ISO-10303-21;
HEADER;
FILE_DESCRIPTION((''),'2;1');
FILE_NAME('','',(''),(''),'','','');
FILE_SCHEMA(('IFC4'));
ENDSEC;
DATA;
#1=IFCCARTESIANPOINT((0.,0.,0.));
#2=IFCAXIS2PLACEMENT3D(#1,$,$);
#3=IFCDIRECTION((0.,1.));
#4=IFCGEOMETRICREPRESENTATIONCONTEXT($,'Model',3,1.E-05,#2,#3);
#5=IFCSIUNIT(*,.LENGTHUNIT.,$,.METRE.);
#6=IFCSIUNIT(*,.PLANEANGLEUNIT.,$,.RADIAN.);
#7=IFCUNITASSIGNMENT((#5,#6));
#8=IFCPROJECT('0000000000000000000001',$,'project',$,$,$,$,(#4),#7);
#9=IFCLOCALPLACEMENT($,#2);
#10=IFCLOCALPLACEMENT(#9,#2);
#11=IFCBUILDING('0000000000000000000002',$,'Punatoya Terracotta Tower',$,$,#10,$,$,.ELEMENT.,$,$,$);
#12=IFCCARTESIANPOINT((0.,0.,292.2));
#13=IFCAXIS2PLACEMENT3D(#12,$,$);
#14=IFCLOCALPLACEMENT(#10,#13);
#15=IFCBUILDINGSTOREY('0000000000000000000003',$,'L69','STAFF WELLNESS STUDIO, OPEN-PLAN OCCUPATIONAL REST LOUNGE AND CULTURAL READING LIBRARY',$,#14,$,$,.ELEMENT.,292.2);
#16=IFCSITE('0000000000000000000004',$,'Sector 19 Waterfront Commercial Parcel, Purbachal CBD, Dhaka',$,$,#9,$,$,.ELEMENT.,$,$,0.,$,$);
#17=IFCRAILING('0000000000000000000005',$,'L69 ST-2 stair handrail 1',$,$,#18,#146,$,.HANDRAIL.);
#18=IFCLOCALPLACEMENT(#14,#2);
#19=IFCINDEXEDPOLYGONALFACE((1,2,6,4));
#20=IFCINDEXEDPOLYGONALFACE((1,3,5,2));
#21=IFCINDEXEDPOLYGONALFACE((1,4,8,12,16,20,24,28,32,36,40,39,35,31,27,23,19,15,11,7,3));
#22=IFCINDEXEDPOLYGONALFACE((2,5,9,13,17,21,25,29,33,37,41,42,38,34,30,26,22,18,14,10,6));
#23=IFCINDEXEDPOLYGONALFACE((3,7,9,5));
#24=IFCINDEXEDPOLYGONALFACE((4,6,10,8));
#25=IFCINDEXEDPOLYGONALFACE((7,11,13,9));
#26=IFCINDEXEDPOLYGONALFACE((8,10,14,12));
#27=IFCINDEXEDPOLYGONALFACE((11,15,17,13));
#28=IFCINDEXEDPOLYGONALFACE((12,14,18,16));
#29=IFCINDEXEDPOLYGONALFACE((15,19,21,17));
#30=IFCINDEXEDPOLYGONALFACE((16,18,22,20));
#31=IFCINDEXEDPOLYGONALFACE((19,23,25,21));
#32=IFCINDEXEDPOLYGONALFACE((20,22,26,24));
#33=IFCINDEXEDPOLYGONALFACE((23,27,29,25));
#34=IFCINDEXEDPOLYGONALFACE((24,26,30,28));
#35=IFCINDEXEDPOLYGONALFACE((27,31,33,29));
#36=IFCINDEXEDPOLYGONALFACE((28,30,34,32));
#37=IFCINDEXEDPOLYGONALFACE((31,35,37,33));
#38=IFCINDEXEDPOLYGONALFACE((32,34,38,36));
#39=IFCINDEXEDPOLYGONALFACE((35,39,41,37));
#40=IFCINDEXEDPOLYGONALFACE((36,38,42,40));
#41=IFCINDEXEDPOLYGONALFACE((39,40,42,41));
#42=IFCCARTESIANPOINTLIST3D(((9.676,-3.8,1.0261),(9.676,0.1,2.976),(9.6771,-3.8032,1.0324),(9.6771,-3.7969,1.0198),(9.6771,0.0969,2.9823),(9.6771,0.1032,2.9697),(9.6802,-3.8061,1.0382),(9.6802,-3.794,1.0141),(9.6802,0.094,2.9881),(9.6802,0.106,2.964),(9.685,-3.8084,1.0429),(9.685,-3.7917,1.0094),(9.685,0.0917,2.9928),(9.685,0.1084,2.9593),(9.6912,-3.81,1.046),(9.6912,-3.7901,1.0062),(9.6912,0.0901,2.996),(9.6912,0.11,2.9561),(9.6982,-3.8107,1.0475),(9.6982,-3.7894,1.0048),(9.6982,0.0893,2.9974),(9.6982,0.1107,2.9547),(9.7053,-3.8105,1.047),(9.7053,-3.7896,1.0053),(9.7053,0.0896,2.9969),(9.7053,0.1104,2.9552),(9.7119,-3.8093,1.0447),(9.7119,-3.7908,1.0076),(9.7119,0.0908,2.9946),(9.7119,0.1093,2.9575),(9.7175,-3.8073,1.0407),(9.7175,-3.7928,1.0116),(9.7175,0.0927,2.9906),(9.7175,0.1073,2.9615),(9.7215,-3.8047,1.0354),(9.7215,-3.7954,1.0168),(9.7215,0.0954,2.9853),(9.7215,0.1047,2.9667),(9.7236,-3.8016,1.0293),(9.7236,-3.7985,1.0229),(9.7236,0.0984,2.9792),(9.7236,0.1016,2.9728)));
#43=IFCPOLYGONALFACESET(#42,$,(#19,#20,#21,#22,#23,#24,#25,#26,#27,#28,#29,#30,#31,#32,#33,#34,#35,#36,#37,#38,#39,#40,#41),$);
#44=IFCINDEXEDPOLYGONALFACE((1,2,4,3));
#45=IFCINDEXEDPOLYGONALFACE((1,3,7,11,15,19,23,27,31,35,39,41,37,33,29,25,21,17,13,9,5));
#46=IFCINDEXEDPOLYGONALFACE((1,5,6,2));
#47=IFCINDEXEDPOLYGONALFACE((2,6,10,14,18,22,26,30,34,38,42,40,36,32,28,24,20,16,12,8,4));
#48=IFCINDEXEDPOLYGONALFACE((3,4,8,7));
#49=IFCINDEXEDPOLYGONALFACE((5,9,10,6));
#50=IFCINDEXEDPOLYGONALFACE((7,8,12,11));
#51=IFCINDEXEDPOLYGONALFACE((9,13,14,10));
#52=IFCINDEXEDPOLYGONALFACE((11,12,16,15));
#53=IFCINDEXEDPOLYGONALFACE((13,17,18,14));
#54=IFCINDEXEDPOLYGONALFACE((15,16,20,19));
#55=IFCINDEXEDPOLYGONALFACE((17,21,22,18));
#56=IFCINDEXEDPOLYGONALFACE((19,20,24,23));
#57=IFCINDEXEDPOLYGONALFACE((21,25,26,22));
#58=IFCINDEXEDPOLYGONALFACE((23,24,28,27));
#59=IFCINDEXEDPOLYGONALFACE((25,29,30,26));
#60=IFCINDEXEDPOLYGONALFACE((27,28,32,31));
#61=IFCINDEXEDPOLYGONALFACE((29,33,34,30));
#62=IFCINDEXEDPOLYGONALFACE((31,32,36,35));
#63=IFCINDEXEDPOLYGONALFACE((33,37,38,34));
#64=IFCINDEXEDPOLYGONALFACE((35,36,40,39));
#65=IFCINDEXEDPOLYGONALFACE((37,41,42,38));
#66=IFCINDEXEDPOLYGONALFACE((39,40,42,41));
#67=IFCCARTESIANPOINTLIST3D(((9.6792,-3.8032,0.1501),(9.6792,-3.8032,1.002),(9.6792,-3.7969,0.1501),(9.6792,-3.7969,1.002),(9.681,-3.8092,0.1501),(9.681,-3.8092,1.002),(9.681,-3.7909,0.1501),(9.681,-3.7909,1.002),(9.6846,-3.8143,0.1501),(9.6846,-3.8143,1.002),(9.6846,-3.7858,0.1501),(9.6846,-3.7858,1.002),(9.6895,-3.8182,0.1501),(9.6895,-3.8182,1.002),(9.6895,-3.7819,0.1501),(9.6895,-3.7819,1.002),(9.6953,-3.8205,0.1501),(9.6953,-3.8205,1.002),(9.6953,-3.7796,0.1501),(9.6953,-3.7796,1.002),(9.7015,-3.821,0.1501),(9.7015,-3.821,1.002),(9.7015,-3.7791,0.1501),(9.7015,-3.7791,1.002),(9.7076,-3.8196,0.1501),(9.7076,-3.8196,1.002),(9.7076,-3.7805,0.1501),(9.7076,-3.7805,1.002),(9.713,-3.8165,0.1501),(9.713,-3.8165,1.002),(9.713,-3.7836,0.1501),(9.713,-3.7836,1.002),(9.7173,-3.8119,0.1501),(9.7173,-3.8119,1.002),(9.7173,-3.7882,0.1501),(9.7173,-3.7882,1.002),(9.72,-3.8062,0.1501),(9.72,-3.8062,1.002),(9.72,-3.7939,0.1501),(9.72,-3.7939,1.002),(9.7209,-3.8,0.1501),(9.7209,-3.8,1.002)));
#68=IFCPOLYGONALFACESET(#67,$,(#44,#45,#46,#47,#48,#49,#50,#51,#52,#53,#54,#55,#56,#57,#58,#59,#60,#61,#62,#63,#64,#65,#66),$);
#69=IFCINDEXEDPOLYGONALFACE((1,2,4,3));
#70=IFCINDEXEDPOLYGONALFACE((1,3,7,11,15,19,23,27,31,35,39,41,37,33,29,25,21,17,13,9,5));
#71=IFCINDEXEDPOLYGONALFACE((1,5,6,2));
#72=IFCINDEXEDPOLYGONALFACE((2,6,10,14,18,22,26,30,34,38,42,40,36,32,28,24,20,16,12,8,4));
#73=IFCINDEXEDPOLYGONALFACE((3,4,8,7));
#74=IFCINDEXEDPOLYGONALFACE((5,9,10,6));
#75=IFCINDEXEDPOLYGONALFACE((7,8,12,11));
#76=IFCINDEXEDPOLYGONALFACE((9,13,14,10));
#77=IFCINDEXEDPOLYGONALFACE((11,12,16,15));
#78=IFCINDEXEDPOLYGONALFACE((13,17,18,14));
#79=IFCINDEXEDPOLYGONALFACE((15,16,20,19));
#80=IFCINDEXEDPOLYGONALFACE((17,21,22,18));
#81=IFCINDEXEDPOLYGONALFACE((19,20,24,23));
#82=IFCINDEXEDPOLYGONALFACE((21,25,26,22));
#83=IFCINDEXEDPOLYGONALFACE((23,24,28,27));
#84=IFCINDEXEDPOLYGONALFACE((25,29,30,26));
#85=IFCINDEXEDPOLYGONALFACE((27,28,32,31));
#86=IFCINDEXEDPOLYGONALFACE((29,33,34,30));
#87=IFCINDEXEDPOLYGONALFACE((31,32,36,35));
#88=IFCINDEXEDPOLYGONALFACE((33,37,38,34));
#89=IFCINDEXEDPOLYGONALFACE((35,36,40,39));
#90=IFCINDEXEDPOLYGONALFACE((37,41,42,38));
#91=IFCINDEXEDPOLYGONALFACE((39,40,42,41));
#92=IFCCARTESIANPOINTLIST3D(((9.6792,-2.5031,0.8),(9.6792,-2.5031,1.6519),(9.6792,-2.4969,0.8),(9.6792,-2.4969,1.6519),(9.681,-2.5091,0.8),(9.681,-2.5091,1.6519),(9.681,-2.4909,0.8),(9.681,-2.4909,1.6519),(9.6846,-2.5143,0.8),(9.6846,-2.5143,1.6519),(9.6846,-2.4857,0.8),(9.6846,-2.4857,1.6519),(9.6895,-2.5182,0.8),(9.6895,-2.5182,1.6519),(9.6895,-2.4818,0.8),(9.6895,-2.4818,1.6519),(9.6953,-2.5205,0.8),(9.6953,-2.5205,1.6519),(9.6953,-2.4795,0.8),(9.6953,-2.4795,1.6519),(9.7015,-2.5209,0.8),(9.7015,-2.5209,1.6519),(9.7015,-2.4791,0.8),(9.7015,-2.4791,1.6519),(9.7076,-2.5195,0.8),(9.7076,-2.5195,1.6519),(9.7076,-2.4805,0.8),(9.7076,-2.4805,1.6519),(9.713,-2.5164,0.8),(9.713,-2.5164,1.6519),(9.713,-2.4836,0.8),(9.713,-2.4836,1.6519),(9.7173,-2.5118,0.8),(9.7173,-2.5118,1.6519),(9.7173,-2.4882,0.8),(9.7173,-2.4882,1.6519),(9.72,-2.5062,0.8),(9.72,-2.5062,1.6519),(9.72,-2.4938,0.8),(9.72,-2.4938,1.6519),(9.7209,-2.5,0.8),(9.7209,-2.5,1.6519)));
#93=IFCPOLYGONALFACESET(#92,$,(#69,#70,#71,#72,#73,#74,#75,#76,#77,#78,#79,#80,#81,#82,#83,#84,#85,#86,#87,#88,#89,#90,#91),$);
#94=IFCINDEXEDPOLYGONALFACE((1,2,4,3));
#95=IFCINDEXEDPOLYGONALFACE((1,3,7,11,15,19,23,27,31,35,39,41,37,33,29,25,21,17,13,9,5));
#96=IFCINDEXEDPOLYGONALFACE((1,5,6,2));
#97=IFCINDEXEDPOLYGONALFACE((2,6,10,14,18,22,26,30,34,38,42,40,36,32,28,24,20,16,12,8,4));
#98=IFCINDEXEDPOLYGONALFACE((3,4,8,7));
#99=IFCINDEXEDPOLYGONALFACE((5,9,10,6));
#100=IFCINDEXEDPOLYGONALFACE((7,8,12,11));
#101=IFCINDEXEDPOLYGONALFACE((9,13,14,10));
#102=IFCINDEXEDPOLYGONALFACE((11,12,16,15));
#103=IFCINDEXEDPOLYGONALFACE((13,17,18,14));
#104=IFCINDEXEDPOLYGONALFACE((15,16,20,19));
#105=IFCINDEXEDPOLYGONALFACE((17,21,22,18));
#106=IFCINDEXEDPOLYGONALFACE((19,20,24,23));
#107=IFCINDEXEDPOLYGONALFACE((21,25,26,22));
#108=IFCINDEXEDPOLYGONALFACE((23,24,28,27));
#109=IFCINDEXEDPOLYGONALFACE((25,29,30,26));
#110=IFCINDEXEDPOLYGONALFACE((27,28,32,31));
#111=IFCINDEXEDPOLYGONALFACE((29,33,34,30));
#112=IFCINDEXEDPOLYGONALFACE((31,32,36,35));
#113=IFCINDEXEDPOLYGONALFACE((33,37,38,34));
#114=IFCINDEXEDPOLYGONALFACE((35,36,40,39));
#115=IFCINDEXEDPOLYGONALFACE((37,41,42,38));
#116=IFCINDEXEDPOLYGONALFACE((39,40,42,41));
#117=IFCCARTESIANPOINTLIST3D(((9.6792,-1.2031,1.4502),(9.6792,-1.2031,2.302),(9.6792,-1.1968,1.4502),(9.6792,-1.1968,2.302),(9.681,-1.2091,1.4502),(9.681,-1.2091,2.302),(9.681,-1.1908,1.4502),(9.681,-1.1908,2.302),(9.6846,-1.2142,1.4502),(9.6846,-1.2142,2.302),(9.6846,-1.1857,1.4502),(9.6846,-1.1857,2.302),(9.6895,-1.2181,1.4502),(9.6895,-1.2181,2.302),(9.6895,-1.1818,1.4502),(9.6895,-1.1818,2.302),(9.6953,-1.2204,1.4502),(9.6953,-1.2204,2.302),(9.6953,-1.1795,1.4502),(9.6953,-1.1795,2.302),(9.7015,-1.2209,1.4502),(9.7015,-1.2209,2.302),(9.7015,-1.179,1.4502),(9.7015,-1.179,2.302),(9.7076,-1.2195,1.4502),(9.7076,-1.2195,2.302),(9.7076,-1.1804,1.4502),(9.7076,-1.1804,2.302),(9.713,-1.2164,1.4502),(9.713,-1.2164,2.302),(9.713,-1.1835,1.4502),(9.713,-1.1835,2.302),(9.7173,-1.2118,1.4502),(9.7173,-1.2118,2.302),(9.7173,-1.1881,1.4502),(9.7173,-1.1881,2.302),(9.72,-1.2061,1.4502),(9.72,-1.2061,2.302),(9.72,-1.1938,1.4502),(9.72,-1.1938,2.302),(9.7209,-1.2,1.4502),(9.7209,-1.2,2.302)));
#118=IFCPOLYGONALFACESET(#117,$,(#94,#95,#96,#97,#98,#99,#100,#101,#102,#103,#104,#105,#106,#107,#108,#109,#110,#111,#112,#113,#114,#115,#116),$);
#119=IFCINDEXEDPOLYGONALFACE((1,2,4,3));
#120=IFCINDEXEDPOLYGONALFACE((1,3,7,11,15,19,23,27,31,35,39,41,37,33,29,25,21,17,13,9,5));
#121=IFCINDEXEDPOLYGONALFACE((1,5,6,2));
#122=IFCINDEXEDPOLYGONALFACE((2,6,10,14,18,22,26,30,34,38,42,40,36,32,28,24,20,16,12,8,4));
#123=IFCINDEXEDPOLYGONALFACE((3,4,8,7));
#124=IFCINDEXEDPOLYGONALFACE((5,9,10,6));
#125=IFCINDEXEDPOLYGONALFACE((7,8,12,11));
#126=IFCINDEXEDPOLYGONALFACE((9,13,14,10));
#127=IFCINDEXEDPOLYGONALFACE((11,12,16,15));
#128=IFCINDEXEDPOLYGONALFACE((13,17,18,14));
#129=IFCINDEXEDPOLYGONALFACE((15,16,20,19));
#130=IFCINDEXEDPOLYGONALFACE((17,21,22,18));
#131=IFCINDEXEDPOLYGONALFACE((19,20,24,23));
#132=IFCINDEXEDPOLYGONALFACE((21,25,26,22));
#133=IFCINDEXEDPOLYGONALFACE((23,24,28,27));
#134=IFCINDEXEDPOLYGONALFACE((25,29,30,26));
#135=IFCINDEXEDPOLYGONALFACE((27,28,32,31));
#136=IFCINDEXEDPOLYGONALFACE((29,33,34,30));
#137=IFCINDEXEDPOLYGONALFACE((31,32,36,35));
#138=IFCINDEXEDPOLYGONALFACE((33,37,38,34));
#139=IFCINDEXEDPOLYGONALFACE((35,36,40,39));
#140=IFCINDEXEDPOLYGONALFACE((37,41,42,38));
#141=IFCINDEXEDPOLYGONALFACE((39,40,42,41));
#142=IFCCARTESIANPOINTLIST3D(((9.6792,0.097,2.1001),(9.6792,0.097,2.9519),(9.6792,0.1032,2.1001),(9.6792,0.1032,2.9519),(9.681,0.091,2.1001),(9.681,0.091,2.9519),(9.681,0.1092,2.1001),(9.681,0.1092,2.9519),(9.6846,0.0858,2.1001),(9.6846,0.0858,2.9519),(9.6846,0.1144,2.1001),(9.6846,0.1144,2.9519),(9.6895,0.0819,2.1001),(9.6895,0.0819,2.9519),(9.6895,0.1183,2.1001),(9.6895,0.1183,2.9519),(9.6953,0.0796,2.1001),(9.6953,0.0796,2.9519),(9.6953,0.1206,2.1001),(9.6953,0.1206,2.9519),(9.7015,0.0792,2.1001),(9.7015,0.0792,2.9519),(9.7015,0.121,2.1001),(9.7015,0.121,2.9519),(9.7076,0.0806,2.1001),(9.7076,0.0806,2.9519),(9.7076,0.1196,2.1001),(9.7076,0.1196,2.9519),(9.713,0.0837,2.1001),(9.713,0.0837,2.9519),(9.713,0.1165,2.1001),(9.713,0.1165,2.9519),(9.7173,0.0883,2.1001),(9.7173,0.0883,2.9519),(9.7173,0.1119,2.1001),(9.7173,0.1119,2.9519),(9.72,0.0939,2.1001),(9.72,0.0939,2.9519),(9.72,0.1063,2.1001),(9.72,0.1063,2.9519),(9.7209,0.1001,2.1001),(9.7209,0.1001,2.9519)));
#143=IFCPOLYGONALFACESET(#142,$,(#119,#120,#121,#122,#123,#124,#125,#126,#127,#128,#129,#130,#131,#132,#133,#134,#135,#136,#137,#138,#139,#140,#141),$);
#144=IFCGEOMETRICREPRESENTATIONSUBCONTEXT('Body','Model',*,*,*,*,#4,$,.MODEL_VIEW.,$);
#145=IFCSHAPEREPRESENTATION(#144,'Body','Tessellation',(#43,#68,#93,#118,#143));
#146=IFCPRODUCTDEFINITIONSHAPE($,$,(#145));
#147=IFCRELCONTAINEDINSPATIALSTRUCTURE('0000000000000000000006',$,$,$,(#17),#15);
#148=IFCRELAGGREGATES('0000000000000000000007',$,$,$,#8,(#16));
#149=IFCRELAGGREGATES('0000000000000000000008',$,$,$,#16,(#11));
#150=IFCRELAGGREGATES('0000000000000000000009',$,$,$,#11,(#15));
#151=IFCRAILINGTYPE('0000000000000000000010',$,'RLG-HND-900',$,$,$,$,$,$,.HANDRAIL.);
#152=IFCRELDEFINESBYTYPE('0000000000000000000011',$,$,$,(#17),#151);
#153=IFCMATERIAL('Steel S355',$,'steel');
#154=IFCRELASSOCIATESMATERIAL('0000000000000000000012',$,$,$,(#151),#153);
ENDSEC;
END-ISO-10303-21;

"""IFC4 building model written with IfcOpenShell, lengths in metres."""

from ifc_helpers import new_model, si_unit, direction, frame, origin, origin_2d, place, context, subcontext, project, spatial, circle, extrude, material, type_object, element, save


model = new_model("IFC4")

# Units and contexts
model_context = context("Model", 3, precision=1e-05, world=origin(), true_north=direction((0.0, 1.0)))
body_context = subcontext(model_context, "Body", "Model", "MODEL_VIEW")
ifc_project = project(units=[si_unit("LENGTHUNIT", "METRE"), si_unit("PLANEANGLEUNIT", "RADIAN")], contexts=[model_context])

# Site, building, storey
site_placement = place(None, origin())
site = spatial("IfcSite", under=ifc_project, at=site_placement, Name="Sector 19 Waterfront Commercial Parcel, Purbachal CBD, Dhaka", CompositionType="ELEMENT", RefElevation=0.0)
building_placement = place(site_placement, origin())
building = spatial("IfcBuilding", under=site, at=building_placement, Name="Punatoya Terracotta Tower", CompositionType="ELEMENT")
storey_placement = place(building_placement, frame((0.0, 0.0, 292.2)))
storey = spatial("IfcBuildingStorey", under=building, at=storey_placement, Name="L69", Description="STAFF WELLNESS STUDIO, OPEN-PLAN OCCUPATIONAL REST LOUNGE AND CULTURAL READING LIBRARY", CompositionType="ELEMENT", Elevation=292.2)

# Shared definitions
ifc_material_1 = material(Name="Steel S355", Category="steel")

# Railing
railing_type_1 = type_object("IfcRailingType", Name="RLG-HND-900", PredefinedType="HANDRAIL", material=ifc_material_1)
railing_1_placement = place(storey_placement, frame((9.7, -3.8, 0.1501)))
element("IfcRailing", 1, at=railing_1_placement, inside=storey, type_object=railing_type_1, Name="L69 ST-2 stair handrail 1", PredefinedType="HANDRAIL", context=body_context, shape_type="SweptSolid", body=[
    extrude(circle(Radius=0.0239, at=origin_2d()), frame((0.0, 0.0, 0.876), z_axis=(0.0, 0.894438, 0.447191), x_axis=(-1.0, 0.0, 0.0)), (0.0, 0.0, 1.0), 4.3604),
    extrude(circle(Radius=0.021, at=origin_2d()), origin(), (0.0, 0.0, 1.0), 0.8518),
    extrude(circle(Radius=0.021, at=origin_2d()), frame((0.0, 1.3, 0.6499)), (0.0, 0.0, 1.0), 0.8518),
    extrude(circle(Radius=0.021, at=origin_2d()), frame((0.0, 2.6001, 1.3)), (0.0, 0.0, 1.0), 0.8518),
    extrude(circle(Radius=0.021, at=origin_2d()), frame((0.0, 3.9001, 1.95)), (0.0, 0.0, 1.0), 0.8518),
])

save(model, "model.ifc")
